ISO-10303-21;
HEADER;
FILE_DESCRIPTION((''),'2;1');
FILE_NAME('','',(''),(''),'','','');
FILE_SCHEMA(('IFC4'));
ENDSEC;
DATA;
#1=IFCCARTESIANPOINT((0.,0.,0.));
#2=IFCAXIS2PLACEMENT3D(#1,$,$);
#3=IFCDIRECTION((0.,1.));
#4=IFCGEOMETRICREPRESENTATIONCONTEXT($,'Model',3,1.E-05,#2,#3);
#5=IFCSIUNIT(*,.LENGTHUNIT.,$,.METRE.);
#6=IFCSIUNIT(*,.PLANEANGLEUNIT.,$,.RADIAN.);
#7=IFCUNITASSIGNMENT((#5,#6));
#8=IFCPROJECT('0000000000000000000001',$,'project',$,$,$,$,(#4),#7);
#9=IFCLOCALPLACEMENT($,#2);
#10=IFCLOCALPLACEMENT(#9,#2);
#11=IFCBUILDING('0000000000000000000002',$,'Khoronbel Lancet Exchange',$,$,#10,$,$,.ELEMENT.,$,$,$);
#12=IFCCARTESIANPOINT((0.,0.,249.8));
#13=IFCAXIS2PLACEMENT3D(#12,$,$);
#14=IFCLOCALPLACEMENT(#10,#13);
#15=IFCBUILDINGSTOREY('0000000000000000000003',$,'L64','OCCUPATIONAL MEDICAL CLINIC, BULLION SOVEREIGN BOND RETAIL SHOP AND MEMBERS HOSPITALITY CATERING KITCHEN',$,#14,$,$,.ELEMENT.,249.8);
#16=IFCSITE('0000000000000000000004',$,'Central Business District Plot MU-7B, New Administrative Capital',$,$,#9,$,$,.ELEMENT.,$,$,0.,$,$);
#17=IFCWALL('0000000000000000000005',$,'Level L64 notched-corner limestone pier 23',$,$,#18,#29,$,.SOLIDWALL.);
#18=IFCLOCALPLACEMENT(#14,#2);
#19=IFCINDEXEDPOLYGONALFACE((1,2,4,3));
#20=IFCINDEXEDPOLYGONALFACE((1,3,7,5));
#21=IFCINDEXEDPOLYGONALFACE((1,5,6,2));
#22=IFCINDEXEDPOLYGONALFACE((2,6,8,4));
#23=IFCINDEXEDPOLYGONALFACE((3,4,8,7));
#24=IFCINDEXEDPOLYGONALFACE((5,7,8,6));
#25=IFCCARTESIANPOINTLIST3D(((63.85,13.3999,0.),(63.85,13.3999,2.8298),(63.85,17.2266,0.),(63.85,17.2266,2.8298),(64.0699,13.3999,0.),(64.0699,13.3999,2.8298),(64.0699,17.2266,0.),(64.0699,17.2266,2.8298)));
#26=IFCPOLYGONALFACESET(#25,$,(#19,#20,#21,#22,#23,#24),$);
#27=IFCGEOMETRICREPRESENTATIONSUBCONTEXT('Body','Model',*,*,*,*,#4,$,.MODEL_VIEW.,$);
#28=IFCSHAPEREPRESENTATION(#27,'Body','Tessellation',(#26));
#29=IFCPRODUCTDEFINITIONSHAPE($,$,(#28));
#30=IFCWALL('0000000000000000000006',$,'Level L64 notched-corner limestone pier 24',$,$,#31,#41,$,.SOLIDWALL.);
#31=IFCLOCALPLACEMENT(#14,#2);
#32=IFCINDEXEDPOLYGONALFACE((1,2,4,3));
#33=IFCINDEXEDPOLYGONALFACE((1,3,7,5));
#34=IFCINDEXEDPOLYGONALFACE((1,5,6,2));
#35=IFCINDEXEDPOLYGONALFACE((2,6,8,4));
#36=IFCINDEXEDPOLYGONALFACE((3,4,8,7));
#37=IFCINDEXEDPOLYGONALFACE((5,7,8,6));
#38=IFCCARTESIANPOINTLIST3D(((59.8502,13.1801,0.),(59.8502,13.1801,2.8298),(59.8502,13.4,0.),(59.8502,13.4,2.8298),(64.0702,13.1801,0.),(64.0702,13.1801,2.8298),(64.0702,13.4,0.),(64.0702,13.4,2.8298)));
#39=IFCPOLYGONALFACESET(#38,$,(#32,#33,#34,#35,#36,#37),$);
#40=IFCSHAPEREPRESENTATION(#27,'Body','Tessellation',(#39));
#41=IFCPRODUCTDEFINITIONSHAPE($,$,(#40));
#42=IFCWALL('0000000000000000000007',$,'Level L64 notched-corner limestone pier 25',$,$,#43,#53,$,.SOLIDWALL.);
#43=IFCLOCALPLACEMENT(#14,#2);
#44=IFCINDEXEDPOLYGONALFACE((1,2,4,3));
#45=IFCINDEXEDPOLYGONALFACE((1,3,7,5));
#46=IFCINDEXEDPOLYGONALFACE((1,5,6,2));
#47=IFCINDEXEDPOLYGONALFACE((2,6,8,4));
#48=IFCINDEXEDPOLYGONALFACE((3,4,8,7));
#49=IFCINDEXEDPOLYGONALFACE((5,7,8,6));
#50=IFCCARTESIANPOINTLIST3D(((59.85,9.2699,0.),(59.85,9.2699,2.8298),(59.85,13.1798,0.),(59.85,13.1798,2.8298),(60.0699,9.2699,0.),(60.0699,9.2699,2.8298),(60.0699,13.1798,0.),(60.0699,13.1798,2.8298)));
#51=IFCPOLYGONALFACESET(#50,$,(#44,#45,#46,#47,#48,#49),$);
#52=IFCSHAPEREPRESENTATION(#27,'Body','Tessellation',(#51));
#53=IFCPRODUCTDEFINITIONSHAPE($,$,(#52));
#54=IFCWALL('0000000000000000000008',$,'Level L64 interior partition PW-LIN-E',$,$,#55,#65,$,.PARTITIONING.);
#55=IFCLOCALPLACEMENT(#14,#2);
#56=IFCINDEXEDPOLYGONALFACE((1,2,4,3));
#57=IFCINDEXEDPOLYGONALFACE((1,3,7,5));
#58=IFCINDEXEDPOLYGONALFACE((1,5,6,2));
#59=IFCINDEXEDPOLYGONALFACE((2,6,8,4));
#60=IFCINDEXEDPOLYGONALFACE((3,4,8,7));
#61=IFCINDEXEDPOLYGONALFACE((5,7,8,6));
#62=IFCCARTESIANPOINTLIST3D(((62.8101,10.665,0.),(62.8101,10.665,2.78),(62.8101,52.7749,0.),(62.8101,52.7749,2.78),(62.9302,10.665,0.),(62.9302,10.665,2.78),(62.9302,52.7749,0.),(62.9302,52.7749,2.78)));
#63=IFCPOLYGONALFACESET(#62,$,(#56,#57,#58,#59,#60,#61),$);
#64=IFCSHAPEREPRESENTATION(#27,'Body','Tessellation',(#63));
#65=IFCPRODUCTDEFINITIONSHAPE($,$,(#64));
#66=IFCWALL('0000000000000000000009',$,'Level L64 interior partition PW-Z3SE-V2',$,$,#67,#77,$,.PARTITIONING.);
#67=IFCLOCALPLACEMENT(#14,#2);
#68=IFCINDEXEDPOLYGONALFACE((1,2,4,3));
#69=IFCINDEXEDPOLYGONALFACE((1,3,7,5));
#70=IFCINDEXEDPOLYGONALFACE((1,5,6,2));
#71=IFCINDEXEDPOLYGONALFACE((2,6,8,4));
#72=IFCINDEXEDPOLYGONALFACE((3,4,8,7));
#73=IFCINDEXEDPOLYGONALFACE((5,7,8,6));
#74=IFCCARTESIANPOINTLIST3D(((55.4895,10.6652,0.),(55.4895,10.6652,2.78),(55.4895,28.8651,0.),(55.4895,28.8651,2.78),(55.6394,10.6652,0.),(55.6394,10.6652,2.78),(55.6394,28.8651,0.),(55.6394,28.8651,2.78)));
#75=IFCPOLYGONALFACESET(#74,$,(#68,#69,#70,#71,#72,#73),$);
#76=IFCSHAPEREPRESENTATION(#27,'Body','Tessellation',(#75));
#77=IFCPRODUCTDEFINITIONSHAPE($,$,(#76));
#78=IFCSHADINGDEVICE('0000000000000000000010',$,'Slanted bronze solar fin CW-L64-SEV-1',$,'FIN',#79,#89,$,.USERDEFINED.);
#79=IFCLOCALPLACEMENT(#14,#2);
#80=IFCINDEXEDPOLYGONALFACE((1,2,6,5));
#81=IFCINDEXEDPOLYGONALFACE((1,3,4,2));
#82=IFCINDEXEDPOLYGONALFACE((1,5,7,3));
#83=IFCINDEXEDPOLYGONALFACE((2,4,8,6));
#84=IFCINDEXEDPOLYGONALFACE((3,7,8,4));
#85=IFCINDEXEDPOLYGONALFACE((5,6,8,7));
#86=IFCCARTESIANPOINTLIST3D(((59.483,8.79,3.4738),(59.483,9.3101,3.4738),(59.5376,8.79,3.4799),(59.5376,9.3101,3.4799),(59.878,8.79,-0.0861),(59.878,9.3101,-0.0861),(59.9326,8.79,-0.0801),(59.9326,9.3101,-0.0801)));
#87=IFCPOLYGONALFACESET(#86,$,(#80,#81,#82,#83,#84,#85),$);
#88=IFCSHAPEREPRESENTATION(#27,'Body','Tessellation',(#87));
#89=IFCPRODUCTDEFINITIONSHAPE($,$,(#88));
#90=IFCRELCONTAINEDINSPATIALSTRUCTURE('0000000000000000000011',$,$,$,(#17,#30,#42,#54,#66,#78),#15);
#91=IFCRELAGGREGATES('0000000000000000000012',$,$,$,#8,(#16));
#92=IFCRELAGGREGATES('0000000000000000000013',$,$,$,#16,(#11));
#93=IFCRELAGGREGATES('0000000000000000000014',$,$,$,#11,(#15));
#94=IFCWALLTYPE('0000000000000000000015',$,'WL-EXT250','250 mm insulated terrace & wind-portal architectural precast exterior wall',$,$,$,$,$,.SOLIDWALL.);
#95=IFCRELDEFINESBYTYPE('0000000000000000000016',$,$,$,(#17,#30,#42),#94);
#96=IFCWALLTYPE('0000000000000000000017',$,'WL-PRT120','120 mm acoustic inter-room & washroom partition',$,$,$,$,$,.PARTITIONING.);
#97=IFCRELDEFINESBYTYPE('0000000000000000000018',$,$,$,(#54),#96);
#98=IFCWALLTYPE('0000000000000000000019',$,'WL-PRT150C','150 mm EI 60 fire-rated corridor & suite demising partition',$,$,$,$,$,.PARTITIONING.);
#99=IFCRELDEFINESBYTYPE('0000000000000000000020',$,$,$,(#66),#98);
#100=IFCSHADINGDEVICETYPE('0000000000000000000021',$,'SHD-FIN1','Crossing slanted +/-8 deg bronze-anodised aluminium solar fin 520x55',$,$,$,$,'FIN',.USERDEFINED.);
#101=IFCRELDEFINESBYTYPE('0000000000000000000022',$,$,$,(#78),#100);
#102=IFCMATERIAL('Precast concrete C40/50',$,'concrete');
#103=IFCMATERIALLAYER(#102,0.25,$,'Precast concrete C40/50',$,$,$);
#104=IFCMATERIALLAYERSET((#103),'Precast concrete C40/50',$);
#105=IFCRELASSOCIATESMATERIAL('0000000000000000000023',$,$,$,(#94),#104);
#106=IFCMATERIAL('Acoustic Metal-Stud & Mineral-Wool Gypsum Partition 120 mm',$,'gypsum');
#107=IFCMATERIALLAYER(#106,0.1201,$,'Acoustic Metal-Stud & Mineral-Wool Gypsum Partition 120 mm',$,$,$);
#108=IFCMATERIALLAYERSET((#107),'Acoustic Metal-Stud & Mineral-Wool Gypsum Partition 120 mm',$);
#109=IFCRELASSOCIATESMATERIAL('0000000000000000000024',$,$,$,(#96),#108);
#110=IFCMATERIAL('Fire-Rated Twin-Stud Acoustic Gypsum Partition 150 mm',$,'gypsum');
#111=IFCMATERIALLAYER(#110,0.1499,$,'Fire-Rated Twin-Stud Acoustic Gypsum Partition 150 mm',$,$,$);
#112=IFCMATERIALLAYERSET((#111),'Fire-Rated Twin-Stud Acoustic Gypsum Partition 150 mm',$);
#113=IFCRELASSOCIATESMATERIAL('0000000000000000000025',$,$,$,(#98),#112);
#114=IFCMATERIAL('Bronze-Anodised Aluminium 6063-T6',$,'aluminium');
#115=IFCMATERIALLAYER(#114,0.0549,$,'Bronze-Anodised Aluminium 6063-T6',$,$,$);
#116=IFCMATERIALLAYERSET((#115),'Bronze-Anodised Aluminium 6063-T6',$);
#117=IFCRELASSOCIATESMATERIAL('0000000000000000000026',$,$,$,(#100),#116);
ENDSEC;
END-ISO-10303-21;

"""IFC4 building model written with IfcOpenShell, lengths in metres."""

from ifc_helpers import new_model, si_unit, direction, frame, frame_2d, origin, place, context, subcontext, project, spatial, polyline, rectangle, outline, extrude, material, layer, layer_set, type_object, element, save


model = new_model("IFC4")

# Units and contexts
model_context = context("Model", 3, precision=1e-05, world=origin(), true_north=direction((0.0, 1.0)))
body_context = subcontext(model_context, "Body", "Model", "MODEL_VIEW")
ifc_project = project(units=[si_unit("LENGTHUNIT", "METRE"), si_unit("PLANEANGLEUNIT", "RADIAN")], contexts=[model_context])

# Site, building, storey
site_placement = place(None, origin())
site = spatial("IfcSite", under=ifc_project, at=site_placement, Name="Central Business District Plot MU-7B, New Administrative Capital", CompositionType="ELEMENT", RefElevation=0.0)
building_placement = place(site_placement, origin())
building = spatial("IfcBuilding", under=site, at=building_placement, Name="Khoronbel Lancet Exchange", CompositionType="ELEMENT")
storey_placement = place(building_placement, frame((0.0, 0.0, 249.8)))
storey = spatial("IfcBuildingStorey", under=building, at=storey_placement, Name="L64", Description="OCCUPATIONAL MEDICAL CLINIC, BULLION SOVEREIGN BOND RETAIL SHOP AND MEMBERS HOSPITALITY CATERING KITCHEN", CompositionType="ELEMENT", Elevation=249.8)

# Shared definitions
ifc_material_1 = material(Name="Bronze-Anodised Aluminium 6063-T6", Category="aluminium")

# Walls
ifc_material_2 = material(Name="Precast concrete C40/50", Category="concrete")
ifc_layer_1 = layer(ifc_material_2, 0.25, Name="Precast concrete C40/50")
ifc_layer_set_1 = layer_set([ifc_layer_1], Name="Precast concrete C40/50")
wall_type_1 = type_object("IfcWallType", Name="WL-EXT250", Description="250 mm insulated terrace & wind-portal architectural precast exterior wall", PredefinedType="SOLIDWALL", material=ifc_layer_set_1)
wall_1_placement = place(storey_placement, frame((63.96, 17.2266, 0.0), z_axis=(0.0, 0.0, 1.0), x_axis=(0.0, -1.0, 0.0)))
element("IfcWall", 1, at=wall_1_placement, inside=storey, type_object=wall_type_1, Name="Level L64 notched-corner limestone pier 23", PredefinedType="SOLIDWALL", context=body_context, shape_type="SweptSolid", body=[
    extrude(rectangle(XDim=3.8267, YDim=0.22, at=frame_2d((1.9133, 0.0))), origin(), (0.0, 0.0, 1.0), 2.8298),
])
wall_2_placement = place(storey_placement, frame((64.0701, 13.29, 0.0), z_axis=(0.0, 0.0, 1.0), x_axis=(-1.0, 0.0, 0.0)))
element("IfcWall", 2, at=wall_2_placement, inside=storey, type_object=wall_type_1, Name="Level L64 notched-corner limestone pier 24", PredefinedType="SOLIDWALL", context=body_context, shape_type="SweptSolid", body=[
    extrude(rectangle(XDim=4.22, YDim=0.22, at=frame_2d((2.1099, 0.0))), origin(), (0.0, 0.0, 1.0), 2.8298),
])
wall_3_placement = place(storey_placement, frame((59.96, 13.1799, 0.0), z_axis=(0.0, 0.0, 1.0), x_axis=(0.0, -1.0, 0.0)))
element("IfcWall", 3, at=wall_3_placement, inside=storey, type_object=wall_type_1, Name="Level L64 notched-corner limestone pier 25", PredefinedType="SOLIDWALL", context=body_context, shape_type="SweptSolid", body=[
    extrude(rectangle(XDim=3.9099, YDim=0.22, at=frame_2d((1.9551, 0.0))), origin(), (0.0, 0.0, 1.0), 2.8298),
])
ifc_material_3 = material(Name="Acoustic Metal-Stud & Mineral-Wool Gypsum Partition 120 mm", Category="gypsum")
ifc_layer_2 = layer(ifc_material_3, 0.1201, Name="Acoustic Metal-Stud & Mineral-Wool Gypsum Partition 120 mm")
ifc_layer_set_2 = layer_set([ifc_layer_2], Name="Acoustic Metal-Stud & Mineral-Wool Gypsum Partition 120 mm")
wall_type_2 = type_object("IfcWallType", Name="WL-PRT120", Description="120 mm acoustic inter-room & washroom partition", PredefinedType="PARTITIONING", material=ifc_layer_set_2)
wall_4_placement = place(storey_placement, frame((62.8701, 10.665, 0.0), z_axis=(0.0, 0.0, 1.0), x_axis=(0.0, 1.0, 0.0)))
element("IfcWall", 4, at=wall_4_placement, inside=storey, type_object=wall_type_2, Name="Level L64 interior partition PW-LIN-E", PredefinedType="PARTITIONING", context=body_context, shape_type="SweptSolid", body=[
    extrude(rectangle(XDim=42.1099, YDim=0.1201, at=frame_2d((21.0549, 0.0))), origin(), (0.0, 0.0, 1.0), 2.78),
])
ifc_material_4 = material(Name="Fire-Rated Twin-Stud Acoustic Gypsum Partition 150 mm", Category="gypsum")
ifc_layer_3 = layer(ifc_material_4, 0.1499, Name="Fire-Rated Twin-Stud Acoustic Gypsum Partition 150 mm")
ifc_layer_set_3 = layer_set([ifc_layer_3], Name="Fire-Rated Twin-Stud Acoustic Gypsum Partition 150 mm")
wall_type_3 = type_object("IfcWallType", Name="WL-PRT150C", Description="150 mm EI 60 fire-rated corridor & suite demising partition", PredefinedType="PARTITIONING", material=ifc_layer_set_3)
wall_5_placement = place(storey_placement, frame((55.5645, 10.665, 0.0), z_axis=(0.0, 0.0, 1.0), x_axis=(0.0, 1.0, 0.0)))
element("IfcWall", 5, at=wall_5_placement, inside=storey, type_object=wall_type_3, Name="Level L64 interior partition PW-Z3SE-V2", PredefinedType="PARTITIONING", context=body_context, shape_type="SweptSolid", body=[
    extrude(rectangle(XDim=18.2, YDim=0.1499, at=frame_2d((9.1001, 0.0))), origin(), (0.0, 0.0, 1.0), 2.78),
])

# Shading device
ifc_layer_4 = layer(ifc_material_1, 0.0549, Name="Bronze-Anodised Aluminium 6063-T6")
ifc_layer_set_4 = layer_set([ifc_layer_4], Name="Bronze-Anodised Aluminium 6063-T6")
shading_device_type = type_object("IfcShadingDeviceType", Name="SHD-FIN1", Description="Crossing slanted +/-8 deg bronze-anodised aluminium solar fin 520x55", ElementType="FIN", PredefinedType="USERDEFINED", material=ifc_layer_set_4)
shading_device_placement = place(storey_placement, frame((59.9326, 9.3101, -0.0801), z_axis=(0.9939, 0.0, 0.110282), x_axis=(0.0, -1.0, 0.0)))
element("IfcShadingDevice", 6, at=shading_device_placement, inside=storey, type_object=shading_device_type, Name="Slanted bronze solar fin CW-L64-SEV-1", ObjectType="FIN", PredefinedType="USERDEFINED", context=body_context, shape_type="SweptSolid", body=[
    extrude(outline(polyline([(0.0, 0.0), (0.52, 0.0), (0.52, -3.5818), (0.0, -3.5818), (0.0, 0.0)])), origin(), (0.0, 0.0, -1.0), 0.0549),
])

save(model, "model.ifc")
